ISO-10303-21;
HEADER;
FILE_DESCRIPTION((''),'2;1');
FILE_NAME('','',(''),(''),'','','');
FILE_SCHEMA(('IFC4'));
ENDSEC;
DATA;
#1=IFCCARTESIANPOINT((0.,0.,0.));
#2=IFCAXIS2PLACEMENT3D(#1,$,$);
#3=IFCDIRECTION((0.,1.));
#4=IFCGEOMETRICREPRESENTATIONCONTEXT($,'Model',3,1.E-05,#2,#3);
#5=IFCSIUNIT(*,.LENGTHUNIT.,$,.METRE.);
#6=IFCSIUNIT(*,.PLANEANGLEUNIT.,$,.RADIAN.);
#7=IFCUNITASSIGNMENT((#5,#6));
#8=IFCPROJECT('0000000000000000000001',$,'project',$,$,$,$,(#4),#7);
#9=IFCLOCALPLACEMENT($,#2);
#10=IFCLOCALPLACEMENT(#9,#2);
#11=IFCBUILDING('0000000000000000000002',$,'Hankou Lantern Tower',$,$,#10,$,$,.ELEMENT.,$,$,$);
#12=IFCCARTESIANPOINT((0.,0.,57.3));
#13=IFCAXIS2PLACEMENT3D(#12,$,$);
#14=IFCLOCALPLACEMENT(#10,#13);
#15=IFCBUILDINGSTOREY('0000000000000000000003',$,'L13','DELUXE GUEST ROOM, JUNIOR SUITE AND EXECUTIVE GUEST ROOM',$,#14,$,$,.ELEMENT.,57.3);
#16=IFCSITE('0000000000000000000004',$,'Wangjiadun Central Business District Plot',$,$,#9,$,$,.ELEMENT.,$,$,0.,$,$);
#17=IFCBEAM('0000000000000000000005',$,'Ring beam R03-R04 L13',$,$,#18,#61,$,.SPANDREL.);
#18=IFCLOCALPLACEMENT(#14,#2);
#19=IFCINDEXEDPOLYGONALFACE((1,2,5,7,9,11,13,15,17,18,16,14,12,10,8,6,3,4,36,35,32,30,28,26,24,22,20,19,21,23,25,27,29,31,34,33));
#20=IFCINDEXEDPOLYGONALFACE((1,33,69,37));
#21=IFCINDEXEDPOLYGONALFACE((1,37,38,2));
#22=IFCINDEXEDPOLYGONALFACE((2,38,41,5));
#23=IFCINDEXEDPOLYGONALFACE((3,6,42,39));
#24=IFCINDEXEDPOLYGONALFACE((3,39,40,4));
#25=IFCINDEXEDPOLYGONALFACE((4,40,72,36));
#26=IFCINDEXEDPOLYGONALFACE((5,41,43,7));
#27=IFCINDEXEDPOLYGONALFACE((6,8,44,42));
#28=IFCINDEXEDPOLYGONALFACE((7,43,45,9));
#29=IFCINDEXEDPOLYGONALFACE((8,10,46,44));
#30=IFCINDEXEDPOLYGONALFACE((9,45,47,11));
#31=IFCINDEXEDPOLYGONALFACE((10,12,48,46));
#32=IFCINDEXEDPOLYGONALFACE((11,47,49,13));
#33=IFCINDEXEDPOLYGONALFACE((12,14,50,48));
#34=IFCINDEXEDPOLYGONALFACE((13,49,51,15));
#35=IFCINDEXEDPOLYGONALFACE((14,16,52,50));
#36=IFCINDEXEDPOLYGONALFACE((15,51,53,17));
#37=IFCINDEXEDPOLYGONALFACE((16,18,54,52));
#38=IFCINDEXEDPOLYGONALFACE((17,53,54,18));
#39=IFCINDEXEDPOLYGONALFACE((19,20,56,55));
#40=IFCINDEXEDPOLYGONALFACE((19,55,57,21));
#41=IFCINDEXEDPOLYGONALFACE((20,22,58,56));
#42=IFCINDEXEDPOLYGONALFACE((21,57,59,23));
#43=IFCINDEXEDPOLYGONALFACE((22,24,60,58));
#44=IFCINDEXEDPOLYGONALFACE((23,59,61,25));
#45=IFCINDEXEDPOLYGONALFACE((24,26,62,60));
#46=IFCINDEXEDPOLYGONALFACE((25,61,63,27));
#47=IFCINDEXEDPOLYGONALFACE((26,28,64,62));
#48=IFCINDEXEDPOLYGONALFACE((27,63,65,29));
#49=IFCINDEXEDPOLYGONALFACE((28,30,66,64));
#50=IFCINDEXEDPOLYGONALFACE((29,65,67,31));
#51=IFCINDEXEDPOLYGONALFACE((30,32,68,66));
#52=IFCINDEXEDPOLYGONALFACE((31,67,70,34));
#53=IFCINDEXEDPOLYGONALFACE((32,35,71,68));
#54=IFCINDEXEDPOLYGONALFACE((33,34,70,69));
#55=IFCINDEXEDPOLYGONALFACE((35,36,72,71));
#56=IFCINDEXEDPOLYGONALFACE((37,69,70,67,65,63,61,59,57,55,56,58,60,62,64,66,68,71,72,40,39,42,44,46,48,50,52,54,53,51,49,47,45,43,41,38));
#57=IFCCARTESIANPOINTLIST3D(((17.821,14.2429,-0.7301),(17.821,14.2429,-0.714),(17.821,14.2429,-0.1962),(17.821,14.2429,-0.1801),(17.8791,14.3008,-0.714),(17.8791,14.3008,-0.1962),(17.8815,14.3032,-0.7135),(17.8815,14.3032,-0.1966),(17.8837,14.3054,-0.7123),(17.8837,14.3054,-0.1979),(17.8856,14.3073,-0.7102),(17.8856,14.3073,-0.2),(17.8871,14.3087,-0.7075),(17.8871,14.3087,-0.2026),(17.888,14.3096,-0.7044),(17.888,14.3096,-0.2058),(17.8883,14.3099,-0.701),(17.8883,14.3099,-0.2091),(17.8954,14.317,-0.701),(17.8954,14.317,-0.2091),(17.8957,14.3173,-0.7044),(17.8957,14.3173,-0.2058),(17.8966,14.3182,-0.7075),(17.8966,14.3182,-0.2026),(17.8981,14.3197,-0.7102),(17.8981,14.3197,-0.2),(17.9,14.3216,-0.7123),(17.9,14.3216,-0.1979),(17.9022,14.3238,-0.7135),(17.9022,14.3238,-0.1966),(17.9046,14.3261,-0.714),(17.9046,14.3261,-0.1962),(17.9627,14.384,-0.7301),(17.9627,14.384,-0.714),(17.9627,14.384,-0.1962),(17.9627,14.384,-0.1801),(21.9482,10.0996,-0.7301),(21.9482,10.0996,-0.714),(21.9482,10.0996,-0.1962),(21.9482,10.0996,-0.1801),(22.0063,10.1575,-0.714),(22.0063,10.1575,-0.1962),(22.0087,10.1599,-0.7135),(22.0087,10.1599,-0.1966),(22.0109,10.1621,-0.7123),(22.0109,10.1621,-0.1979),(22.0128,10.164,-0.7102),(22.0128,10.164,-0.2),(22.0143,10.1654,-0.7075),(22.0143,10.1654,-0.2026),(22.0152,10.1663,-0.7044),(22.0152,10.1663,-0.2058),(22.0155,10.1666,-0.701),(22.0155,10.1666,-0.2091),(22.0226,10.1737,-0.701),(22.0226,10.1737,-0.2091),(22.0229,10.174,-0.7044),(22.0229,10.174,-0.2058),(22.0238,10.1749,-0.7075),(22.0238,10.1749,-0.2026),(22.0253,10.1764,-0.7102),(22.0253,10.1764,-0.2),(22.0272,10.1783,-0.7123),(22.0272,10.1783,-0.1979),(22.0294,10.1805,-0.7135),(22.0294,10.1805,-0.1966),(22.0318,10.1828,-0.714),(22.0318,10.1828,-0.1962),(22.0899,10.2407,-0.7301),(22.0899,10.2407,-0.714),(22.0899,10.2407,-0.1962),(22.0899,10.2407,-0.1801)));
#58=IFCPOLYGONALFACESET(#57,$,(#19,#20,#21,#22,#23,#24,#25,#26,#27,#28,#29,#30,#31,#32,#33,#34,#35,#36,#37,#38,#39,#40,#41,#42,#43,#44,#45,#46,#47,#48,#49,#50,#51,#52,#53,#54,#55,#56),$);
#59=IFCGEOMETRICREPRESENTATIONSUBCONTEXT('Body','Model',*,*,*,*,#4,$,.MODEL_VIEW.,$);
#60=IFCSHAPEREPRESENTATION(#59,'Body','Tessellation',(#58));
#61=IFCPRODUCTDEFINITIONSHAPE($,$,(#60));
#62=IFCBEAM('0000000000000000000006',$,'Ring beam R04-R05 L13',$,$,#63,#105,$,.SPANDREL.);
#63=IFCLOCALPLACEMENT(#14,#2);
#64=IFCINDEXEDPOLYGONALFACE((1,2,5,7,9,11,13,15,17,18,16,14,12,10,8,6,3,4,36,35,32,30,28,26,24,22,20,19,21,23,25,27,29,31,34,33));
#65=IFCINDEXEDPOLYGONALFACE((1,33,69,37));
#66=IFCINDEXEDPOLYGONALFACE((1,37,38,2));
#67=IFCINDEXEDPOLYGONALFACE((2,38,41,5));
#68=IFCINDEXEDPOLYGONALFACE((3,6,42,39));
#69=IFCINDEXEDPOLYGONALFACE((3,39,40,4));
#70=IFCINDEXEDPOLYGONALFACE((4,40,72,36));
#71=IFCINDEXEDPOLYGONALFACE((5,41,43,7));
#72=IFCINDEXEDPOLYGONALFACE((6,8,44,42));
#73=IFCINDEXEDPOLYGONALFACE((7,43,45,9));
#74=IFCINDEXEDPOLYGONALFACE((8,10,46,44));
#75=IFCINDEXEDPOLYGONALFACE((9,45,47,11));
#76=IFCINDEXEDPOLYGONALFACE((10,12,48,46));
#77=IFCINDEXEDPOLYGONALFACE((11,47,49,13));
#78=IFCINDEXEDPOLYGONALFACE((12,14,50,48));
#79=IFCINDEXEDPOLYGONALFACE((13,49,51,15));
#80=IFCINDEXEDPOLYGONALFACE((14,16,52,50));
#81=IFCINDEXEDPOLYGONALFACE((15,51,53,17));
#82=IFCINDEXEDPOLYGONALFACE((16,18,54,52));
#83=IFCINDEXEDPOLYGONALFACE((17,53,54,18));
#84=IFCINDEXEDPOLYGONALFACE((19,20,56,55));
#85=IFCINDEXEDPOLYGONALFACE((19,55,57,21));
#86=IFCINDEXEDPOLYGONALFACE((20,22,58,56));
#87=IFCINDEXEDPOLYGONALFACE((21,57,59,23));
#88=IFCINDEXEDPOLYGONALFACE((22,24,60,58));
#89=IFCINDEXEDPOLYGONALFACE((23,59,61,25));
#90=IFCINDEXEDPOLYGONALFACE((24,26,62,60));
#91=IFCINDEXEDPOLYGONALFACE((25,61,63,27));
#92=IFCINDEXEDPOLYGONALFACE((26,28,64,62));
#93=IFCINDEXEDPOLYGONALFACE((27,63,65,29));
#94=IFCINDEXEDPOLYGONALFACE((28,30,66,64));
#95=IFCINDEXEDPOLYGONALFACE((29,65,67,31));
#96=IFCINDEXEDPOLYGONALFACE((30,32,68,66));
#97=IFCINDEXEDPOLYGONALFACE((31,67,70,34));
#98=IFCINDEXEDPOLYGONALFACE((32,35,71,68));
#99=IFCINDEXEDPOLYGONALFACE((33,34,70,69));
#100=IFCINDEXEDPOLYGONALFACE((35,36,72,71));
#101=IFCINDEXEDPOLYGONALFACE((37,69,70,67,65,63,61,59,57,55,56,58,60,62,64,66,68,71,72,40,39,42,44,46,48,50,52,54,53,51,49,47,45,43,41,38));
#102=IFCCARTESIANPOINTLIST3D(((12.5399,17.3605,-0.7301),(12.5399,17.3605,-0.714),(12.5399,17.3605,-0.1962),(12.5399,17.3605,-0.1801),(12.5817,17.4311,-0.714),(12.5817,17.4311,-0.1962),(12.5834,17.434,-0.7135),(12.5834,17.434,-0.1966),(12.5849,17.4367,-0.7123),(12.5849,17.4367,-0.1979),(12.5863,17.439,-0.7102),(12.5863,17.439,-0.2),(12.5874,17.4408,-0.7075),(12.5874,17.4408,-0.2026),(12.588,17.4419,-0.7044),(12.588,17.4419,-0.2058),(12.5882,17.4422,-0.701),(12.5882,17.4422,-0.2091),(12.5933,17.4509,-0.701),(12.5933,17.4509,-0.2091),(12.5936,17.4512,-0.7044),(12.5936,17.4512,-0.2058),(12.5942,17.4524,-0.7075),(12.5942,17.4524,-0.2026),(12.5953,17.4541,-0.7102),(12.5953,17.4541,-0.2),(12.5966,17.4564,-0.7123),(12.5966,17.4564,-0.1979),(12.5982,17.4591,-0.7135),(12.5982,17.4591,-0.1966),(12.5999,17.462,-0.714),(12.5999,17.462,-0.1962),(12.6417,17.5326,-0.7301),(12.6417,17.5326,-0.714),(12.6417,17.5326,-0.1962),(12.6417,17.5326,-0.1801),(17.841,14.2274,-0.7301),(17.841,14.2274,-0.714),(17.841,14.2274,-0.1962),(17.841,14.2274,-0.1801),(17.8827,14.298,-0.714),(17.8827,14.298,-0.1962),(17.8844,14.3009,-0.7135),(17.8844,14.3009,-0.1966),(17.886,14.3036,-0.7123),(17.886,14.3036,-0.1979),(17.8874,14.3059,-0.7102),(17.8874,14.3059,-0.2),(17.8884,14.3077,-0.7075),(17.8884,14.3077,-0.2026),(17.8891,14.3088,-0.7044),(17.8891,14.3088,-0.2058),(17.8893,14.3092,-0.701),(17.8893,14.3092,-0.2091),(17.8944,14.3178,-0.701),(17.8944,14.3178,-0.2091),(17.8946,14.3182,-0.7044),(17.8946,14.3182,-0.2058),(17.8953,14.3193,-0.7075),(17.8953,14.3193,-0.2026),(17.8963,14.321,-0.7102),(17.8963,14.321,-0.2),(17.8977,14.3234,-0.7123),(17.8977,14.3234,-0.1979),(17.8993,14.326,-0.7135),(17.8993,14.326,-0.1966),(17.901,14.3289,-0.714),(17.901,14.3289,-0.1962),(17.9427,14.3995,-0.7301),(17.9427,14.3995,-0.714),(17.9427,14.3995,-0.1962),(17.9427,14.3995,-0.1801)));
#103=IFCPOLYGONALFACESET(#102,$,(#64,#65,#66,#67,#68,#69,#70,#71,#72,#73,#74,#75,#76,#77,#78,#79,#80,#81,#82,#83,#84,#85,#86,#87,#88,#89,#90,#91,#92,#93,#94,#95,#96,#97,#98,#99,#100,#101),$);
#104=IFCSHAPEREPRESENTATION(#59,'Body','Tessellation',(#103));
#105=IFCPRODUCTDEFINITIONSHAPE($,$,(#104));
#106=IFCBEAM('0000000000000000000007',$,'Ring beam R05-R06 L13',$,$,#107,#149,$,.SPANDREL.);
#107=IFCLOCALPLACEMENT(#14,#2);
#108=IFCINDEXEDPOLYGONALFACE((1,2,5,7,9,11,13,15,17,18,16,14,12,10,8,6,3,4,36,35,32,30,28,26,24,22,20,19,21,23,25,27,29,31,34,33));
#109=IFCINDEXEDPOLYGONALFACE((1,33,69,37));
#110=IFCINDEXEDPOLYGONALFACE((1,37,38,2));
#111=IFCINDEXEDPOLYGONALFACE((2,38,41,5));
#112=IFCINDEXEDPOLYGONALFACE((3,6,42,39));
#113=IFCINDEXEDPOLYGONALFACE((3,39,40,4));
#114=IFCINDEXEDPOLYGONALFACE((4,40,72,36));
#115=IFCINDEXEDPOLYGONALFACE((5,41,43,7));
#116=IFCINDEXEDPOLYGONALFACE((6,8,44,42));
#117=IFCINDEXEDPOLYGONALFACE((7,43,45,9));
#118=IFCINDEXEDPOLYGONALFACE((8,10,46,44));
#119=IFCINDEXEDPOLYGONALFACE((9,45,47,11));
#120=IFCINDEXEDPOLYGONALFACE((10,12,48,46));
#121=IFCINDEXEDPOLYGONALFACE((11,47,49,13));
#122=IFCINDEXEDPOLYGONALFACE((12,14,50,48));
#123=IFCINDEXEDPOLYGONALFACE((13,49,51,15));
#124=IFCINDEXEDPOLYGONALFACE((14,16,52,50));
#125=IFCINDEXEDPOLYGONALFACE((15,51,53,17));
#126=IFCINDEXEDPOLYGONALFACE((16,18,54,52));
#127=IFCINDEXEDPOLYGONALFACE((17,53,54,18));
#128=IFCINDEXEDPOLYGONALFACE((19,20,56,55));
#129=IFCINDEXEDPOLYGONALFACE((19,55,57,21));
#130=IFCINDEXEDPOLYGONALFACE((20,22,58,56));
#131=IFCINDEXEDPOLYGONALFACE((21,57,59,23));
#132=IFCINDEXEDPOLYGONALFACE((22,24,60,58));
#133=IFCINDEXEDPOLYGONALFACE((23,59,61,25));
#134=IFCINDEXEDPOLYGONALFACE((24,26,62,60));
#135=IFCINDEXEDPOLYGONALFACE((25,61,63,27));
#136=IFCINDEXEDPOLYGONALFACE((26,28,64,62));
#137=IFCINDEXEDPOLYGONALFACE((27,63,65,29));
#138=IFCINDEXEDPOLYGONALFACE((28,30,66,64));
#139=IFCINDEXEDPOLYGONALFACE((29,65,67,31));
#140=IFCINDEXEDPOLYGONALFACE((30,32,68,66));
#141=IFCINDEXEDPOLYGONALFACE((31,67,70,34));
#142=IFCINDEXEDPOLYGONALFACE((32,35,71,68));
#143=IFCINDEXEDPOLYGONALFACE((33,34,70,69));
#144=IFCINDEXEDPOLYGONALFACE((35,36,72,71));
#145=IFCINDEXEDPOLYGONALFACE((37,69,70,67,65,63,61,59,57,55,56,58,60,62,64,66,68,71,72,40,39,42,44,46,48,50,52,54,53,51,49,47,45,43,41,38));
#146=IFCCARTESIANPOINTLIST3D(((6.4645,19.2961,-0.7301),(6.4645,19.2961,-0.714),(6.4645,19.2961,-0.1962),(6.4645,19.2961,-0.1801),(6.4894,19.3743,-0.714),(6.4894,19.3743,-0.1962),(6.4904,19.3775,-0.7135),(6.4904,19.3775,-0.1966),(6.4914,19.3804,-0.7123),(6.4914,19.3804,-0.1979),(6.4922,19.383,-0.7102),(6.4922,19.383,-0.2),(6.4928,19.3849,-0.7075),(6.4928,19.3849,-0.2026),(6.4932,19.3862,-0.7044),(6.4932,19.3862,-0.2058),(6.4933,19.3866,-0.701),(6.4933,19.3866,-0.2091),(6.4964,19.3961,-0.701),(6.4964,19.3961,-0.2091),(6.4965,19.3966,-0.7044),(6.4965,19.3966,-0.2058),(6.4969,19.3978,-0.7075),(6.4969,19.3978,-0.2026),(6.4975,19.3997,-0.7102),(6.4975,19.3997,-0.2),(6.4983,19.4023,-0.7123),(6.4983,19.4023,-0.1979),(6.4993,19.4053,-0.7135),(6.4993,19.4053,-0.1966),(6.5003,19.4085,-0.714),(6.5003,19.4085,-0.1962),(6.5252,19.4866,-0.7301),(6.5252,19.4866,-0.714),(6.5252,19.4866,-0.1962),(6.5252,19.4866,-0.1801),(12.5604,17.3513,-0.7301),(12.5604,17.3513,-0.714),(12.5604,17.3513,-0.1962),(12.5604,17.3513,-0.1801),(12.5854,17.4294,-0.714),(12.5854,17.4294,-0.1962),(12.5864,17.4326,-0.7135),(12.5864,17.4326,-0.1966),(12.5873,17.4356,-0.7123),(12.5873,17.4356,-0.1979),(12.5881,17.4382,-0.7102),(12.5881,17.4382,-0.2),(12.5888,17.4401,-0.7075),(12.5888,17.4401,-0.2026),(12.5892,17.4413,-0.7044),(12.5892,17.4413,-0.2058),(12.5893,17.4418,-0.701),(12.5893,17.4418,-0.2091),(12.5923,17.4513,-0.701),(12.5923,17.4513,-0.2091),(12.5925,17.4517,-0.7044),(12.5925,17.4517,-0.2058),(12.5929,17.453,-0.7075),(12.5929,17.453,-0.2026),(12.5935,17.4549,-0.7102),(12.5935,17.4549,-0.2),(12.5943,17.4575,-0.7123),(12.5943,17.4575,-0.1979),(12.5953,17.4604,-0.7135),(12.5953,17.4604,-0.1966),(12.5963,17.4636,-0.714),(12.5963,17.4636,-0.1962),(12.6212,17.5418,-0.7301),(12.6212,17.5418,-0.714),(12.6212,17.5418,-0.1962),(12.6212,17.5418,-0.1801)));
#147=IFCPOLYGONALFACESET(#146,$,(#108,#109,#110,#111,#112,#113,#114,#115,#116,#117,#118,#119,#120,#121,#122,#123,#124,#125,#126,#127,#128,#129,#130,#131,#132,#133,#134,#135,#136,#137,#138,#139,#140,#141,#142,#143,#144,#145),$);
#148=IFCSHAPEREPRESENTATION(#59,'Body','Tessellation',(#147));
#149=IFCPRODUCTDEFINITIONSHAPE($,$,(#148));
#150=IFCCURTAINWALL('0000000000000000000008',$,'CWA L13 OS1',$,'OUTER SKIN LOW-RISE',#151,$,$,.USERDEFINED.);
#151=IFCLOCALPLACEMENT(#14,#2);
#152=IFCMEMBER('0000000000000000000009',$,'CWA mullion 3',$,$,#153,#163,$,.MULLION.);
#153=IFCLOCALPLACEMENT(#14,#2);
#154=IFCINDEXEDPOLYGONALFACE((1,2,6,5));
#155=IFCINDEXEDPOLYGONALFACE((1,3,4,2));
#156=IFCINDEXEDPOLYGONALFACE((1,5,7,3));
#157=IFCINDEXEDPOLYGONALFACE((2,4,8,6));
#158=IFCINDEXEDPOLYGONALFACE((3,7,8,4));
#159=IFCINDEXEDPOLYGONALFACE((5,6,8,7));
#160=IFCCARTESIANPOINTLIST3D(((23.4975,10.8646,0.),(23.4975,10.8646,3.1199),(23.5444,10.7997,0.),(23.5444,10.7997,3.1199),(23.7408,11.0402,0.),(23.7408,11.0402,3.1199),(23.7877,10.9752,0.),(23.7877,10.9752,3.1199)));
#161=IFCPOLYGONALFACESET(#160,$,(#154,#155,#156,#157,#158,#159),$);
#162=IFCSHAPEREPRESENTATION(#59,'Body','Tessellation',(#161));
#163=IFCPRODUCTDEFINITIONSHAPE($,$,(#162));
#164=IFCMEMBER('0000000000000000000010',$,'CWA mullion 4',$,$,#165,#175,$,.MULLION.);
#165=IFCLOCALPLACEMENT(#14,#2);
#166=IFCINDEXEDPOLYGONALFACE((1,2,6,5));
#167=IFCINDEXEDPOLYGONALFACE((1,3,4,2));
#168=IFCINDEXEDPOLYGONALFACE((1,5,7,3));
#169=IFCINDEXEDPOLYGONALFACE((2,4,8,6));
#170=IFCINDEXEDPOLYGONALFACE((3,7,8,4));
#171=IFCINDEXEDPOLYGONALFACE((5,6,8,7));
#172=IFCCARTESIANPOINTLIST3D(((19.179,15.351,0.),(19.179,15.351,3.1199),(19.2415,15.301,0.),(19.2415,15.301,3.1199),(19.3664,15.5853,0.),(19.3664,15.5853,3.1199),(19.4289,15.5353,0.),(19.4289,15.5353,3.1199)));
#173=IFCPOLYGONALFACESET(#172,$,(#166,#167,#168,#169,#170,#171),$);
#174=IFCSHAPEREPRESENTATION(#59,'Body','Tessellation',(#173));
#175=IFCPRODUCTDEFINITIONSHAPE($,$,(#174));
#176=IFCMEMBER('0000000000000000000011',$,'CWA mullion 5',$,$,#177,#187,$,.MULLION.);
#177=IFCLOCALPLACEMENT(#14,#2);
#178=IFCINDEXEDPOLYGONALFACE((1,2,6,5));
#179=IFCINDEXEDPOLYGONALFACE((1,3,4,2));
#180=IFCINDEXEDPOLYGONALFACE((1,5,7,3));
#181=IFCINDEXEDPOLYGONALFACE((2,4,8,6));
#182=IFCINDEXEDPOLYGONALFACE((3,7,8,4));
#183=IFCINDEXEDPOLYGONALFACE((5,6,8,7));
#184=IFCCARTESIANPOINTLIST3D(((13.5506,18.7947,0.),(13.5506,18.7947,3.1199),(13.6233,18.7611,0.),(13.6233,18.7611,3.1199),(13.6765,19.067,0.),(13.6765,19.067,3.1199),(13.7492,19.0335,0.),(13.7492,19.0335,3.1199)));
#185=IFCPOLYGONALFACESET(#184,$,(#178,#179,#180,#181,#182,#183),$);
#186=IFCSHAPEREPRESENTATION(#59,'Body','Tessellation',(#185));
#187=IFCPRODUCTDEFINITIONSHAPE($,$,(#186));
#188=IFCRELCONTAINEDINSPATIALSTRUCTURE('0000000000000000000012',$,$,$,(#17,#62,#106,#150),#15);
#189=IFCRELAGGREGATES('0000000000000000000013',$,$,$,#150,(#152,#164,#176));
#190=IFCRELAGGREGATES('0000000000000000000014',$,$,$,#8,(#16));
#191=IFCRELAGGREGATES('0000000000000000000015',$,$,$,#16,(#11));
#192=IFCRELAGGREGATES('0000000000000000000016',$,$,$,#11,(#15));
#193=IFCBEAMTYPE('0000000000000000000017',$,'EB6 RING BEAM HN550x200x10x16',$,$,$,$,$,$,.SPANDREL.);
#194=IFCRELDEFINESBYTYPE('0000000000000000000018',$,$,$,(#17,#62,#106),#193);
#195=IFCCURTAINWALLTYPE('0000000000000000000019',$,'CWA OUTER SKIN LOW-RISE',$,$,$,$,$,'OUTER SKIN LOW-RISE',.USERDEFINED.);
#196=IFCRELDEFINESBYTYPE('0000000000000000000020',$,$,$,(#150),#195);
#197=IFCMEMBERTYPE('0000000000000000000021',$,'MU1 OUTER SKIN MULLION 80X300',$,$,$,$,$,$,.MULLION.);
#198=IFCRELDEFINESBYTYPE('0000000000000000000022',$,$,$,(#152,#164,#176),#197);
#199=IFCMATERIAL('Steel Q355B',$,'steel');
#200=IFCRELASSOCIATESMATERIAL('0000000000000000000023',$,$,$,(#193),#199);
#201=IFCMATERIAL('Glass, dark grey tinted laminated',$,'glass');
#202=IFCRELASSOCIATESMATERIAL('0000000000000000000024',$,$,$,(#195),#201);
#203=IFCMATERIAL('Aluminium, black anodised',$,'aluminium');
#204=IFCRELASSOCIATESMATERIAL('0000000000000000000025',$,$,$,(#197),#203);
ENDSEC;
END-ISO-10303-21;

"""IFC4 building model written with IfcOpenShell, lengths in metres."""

from ifc_helpers import new_model, si_unit, direction, frame, origin, origin_2d, place, context, subcontext, project, spatial, rectangle, i_section, extrude, material, material_profile, profile_set, type_object, element, aggregate, save


model = new_model("IFC4")

# Units and contexts
model_context = context("Model", 3, precision=1e-05, world=origin(), true_north=direction((0.0, 1.0)))
body_context = subcontext(model_context, "Body", "Model", "MODEL_VIEW")
ifc_project = project(units=[si_unit("LENGTHUNIT", "METRE"), si_unit("PLANEANGLEUNIT", "RADIAN")], contexts=[model_context])

# Site, building, storey
site_placement = place(None, origin())
site = spatial("IfcSite", under=ifc_project, at=site_placement, Name="Wangjiadun Central Business District Plot", CompositionType="ELEMENT", RefElevation=0.0)
building_placement = place(site_placement, origin())
building = spatial("IfcBuilding", under=site, at=building_placement, Name="Hankou Lantern Tower", CompositionType="ELEMENT")
storey_placement = place(building_placement, frame((0.0, 0.0, 57.3)))
storey = spatial("IfcBuildingStorey", under=building, at=storey_placement, Name="L13", Description="DELUXE GUEST ROOM, JUNIOR SUITE AND EXECUTIVE GUEST ROOM", CompositionType="ELEMENT", Elevation=57.3)

# Beams
ifc_material_1 = material(Name="Steel Q355B", Category="steel")
ifc_material_profile_1 = material_profile(ifc_material_1, i_section(OverallWidth=0.2, OverallDepth=0.55, WebThickness=0.01, FlangeThickness=0.0161, FilletRadius=0.0129, at=origin_2d()), Name="HN550x200x10x16")
ifc_profile_set_1 = profile_set([ifc_material_profile_1], Name="Steel Q355B")
beam_type_1 = type_object("IfcBeamType", Name="EB6 RING BEAM HN550x200x10x16", PredefinedType="SPANDREL", material=ifc_profile_set_1)
beam_1_placement = place(storey_placement, frame((22.019, 10.1702, -0.4551), z_axis=(-0.705728, 0.708483, 0.0), x_axis=(-0.708483, -0.705728, 0.0)))
element("IfcBeam", 1, at=beam_1_placement, inside=storey, type_object=beam_type_1, Name="Ring beam R03-R04 L13", PredefinedType="SPANDREL", context=body_context, shape_type="SweptSolid", body=[
    extrude(i_section(OverallWidth=0.2, OverallDepth=0.55, WebThickness=0.01, FlangeThickness=0.0161, FilletRadius=0.0129, at=origin_2d()), origin(), (0.0, 0.0, 1.0), 5.8481),
])
beam_2_placement = place(storey_placement, frame((17.8918, 14.3135, -0.4551), z_axis=(-0.860882, 0.508805, 0.0), x_axis=(-0.508805, -0.860882, 0.0)))
element("IfcBeam", 2, at=beam_2_placement, inside=storey, type_object=beam_type_1, Name="Ring beam R04-R05 L13", PredefinedType="SPANDREL", context=body_context, shape_type="SweptSolid", body=[
    extrude(i_section(OverallWidth=0.2, OverallDepth=0.55, WebThickness=0.01, FlangeThickness=0.0161, FilletRadius=0.0129, at=origin_2d()), origin(), (0.0, 0.0, 1.0), 6.1577),
])
beam_3_placement = place(storey_placement, frame((12.5908, 17.4465, -0.4551), z_axis=(-0.95269, 0.303942, 0.0), x_axis=(-0.303942, -0.95269, 0.0)))
element("IfcBeam", 3, at=beam_3_placement, inside=storey, type_object=beam_type_1, Name="Ring beam R05-R06 L13", PredefinedType="SPANDREL", context=body_context, shape_type="SweptSolid", body=[
    extrude(i_section(OverallWidth=0.2, OverallDepth=0.55, WebThickness=0.01, FlangeThickness=0.0161, FilletRadius=0.0129, at=origin_2d()), origin(), (0.0, 0.0, 1.0), 6.3987),
])

# Curtain wall, members
ifc_material_2 = material(Name="Glass, dark grey tinted laminated", Category="glass")
curtain_wall_type = type_object("IfcCurtainWallType", Name="CWA OUTER SKIN LOW-RISE", ElementType="OUTER SKIN LOW-RISE", PredefinedType="USERDEFINED", material=ifc_material_2)
curtain_wall_placement = place(storey_placement, origin())
curtain_wall = element("IfcCurtainWall", 4, at=curtain_wall_placement, inside=storey, type_object=curtain_wall_type, Name="CWA L13 OS1", ObjectType="OUTER SKIN LOW-RISE", PredefinedType="USERDEFINED")
ifc_material_3 = material(Name="Aluminium, black anodised", Category="aluminium")
ifc_material_profile_2 = material_profile(ifc_material_3, rectangle(XDim=0.0801, YDim=0.3, at=origin_2d()), Name="MU1 80X300")
ifc_profile_set_2 = profile_set([ifc_material_profile_2], Name="Aluminium, black anodised")
member_type_1 = type_object("IfcMemberType", Name="MU1 OUTER SKIN MULLION 80X300", PredefinedType="MULLION", material=ifc_profile_set_2)
member_1_placement = place(storey_placement, frame((23.6426, 10.9199, 0.0), z_axis=(0.0, 0.0, 1.0), x_axis=(-0.585206, 0.810885, 0.0)))
member_1 = element("IfcMember", 5, at=member_1_placement, type_object=member_type_1, Name="CWA mullion 3", PredefinedType="MULLION", context=body_context, shape_type="SweptSolid", body=[
    extrude(rectangle(XDim=0.0801, YDim=0.3, at=origin_2d()), origin(), (0.0, 0.0, 1.0), 3.1199),
])
member_2_placement = place(storey_placement, frame((19.304, 15.4431, 0.0), z_axis=(0.0, 0.0, 1.0), x_axis=(-0.780869, 0.624695, 0.0)))
member_2 = element("IfcMember", 6, at=member_2_placement, type_object=member_type_1, Name="CWA mullion 4", PredefinedType="MULLION", context=body_context, shape_type="SweptSolid", body=[
    extrude(rectangle(XDim=0.0801, YDim=0.3, at=origin_2d()), origin(), (0.0, 0.0, 1.0), 3.1199),
])
member_3_placement = place(storey_placement, frame((13.6499, 18.9141, 0.0), z_axis=(0.0, 0.0, 1.0), x_axis=(-0.907841, 0.419314, 0.0)))
member_3 = element("IfcMember", 7, at=member_3_placement, type_object=member_type_1, Name="CWA mullion 5", PredefinedType="MULLION", context=body_context, shape_type="SweptSolid", body=[
    extrude(rectangle(XDim=0.0801, YDim=0.3, at=origin_2d()), origin(), (0.0, 0.0, 1.0), 3.1199),
])

aggregate(curtain_wall, [member_1, member_2, member_3])

save(model, "model.ifc")
